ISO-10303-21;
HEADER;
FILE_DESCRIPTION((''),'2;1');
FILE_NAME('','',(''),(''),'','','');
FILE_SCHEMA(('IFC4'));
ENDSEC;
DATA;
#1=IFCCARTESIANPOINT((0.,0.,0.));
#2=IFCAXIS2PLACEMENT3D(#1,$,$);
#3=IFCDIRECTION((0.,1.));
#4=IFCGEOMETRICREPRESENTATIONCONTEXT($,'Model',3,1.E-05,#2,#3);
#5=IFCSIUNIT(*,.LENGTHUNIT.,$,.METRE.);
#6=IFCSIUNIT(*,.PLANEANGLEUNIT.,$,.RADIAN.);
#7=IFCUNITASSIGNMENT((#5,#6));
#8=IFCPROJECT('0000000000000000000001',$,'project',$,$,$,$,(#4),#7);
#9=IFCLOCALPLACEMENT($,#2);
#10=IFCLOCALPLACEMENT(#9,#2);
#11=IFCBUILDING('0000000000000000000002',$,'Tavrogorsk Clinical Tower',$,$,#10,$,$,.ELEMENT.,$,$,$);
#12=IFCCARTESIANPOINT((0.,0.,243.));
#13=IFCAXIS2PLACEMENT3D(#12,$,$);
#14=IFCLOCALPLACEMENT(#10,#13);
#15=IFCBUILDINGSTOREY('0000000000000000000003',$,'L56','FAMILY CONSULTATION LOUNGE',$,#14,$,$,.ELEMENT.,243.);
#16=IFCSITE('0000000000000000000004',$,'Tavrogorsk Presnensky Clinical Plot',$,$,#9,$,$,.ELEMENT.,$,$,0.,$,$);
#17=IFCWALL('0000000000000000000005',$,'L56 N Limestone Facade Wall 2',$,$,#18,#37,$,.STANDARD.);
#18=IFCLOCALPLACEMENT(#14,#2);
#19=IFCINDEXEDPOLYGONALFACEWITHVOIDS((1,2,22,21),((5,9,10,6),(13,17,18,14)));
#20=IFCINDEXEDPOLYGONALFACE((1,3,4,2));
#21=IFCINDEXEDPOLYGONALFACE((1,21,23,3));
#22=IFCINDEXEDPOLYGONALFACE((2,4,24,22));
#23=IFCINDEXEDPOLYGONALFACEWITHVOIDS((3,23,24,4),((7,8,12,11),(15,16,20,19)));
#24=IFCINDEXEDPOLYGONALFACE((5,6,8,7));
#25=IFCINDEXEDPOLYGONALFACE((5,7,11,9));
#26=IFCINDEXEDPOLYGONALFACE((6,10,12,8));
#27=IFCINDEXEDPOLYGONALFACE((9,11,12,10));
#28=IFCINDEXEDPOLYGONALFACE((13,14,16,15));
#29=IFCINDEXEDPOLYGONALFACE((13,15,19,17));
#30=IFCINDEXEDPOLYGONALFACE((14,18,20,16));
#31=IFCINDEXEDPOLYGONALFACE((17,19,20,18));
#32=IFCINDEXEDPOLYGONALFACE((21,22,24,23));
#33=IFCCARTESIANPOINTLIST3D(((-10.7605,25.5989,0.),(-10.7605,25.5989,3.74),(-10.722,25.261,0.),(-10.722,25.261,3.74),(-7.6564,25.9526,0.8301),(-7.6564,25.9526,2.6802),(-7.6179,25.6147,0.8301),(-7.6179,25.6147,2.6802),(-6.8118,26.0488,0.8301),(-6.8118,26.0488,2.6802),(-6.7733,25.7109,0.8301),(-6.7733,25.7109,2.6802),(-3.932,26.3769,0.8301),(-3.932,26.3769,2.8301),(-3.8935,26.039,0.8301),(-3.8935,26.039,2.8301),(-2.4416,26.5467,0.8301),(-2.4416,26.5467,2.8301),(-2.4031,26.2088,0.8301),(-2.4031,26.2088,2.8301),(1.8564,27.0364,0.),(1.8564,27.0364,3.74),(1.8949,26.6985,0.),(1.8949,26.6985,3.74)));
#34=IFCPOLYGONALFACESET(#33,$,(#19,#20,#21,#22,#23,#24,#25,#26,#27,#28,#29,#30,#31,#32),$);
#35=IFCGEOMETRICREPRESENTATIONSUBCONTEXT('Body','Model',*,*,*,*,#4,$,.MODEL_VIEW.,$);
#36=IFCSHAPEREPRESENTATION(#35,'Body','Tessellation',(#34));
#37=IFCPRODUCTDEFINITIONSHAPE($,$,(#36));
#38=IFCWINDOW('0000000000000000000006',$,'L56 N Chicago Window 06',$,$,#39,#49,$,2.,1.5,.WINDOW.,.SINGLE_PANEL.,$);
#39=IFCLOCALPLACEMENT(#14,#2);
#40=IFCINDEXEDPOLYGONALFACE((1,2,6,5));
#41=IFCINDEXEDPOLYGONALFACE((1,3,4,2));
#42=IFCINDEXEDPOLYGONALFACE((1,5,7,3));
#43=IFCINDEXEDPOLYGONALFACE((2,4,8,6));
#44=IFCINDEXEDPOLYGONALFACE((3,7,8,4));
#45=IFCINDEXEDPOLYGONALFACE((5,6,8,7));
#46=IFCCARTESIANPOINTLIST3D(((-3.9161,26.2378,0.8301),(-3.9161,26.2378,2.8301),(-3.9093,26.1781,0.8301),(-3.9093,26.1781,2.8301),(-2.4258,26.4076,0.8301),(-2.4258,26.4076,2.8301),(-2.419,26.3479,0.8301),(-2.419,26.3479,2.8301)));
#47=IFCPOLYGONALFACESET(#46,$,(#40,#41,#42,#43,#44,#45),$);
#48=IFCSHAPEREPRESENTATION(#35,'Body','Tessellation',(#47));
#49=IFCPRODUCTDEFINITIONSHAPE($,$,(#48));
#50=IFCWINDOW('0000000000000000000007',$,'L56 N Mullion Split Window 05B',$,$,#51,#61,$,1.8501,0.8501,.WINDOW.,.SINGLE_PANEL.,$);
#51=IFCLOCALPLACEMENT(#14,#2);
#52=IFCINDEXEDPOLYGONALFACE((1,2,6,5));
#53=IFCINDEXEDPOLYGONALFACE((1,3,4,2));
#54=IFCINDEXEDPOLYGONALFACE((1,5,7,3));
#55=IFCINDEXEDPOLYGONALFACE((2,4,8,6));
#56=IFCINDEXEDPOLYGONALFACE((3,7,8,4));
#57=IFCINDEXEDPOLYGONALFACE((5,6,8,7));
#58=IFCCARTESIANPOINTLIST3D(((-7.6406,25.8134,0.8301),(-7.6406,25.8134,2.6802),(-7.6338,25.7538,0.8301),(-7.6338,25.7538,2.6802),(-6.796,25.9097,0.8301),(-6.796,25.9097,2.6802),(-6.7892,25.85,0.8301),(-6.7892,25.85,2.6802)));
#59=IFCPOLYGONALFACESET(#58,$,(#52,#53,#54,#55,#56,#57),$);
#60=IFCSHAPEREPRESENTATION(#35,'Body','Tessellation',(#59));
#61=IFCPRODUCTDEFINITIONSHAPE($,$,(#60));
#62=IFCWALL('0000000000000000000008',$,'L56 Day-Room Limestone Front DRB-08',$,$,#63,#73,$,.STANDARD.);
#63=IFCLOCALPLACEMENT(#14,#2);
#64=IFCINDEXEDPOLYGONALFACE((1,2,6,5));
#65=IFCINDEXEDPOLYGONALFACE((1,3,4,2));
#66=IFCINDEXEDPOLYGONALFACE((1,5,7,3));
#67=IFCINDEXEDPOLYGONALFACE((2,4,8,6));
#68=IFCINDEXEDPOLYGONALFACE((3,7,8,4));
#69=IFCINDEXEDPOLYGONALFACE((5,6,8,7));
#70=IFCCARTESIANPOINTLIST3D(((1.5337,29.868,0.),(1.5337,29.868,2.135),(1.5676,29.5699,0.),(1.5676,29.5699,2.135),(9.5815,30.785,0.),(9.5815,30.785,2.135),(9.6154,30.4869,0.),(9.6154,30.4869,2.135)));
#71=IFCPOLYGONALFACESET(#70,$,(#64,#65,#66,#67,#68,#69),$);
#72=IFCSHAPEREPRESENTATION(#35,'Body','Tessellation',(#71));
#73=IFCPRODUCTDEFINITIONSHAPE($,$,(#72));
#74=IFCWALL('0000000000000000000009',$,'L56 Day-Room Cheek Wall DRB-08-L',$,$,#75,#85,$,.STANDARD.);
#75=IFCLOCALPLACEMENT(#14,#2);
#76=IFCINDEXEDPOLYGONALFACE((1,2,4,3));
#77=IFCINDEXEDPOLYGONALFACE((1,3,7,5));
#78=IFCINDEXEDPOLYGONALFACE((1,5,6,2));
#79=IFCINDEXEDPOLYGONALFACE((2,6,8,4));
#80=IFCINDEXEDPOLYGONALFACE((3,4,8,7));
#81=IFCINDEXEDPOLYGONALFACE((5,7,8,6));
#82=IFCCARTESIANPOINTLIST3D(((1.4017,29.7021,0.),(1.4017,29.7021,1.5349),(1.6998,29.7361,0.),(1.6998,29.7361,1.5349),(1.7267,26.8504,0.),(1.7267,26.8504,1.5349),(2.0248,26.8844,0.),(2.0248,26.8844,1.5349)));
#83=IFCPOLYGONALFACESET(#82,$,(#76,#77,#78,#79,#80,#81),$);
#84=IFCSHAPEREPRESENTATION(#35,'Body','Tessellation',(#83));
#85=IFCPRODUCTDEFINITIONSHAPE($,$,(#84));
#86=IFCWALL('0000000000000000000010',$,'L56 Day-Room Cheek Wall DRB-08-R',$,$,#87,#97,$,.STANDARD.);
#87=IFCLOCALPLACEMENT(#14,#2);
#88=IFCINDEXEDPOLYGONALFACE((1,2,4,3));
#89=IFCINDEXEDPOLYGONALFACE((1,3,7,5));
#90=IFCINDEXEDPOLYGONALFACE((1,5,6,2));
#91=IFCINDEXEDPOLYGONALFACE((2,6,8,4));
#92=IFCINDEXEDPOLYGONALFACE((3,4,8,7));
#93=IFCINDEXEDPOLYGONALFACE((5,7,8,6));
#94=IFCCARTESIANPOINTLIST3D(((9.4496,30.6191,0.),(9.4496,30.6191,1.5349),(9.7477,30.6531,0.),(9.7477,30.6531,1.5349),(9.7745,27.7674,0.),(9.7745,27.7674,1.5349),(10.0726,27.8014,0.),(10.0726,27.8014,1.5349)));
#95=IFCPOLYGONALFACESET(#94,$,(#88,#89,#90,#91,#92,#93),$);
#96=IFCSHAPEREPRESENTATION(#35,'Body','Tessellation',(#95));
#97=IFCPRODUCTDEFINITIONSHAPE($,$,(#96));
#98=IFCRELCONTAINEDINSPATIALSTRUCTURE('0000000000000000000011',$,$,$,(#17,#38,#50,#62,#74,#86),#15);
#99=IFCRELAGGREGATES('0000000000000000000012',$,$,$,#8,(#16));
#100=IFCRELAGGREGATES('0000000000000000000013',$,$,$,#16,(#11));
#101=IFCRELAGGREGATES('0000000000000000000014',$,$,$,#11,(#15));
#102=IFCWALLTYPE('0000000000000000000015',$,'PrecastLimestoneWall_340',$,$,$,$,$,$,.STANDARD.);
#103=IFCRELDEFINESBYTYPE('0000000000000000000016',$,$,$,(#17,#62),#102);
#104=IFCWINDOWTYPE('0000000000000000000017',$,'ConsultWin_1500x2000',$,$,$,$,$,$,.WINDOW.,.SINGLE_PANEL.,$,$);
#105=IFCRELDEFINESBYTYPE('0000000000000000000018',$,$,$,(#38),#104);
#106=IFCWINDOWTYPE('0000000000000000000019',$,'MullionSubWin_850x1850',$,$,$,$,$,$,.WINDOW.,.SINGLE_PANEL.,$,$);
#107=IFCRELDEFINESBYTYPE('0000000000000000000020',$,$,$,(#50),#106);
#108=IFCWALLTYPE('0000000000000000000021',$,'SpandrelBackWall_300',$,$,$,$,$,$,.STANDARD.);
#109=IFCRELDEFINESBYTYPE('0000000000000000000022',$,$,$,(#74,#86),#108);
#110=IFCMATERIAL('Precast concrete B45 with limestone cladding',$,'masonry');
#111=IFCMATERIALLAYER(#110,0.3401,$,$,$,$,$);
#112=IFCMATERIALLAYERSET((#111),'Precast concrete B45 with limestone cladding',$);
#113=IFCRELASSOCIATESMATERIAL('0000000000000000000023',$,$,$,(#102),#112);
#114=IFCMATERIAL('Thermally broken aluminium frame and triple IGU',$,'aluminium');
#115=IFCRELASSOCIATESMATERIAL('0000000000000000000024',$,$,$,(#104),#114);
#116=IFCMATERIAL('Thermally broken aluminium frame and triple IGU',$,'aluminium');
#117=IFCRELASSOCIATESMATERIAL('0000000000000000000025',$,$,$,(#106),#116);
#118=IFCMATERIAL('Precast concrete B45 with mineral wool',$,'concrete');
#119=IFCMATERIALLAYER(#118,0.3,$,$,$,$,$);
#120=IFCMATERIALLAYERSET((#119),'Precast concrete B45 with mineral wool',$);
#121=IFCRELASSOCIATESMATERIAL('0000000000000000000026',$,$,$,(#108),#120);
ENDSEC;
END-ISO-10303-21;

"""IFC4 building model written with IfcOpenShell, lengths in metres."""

from ifc_helpers import new_model, si_unit, direction, frame, frame_2d, origin, place, context, subcontext, project, spatial, rectangle, extrude, material, layer, layer_set, type_object, element, fill, save


model = new_model("IFC4")

# Units and contexts
model_context = context("Model", 3, precision=1e-05, world=origin(), true_north=direction((0.0, 1.0)))
body_context = subcontext(model_context, "Body", "Model", "MODEL_VIEW")
ifc_project = project(units=[si_unit("LENGTHUNIT", "METRE"), si_unit("PLANEANGLEUNIT", "RADIAN")], contexts=[model_context])

# Site, building, storey
site_placement = place(None, origin())
site = spatial("IfcSite", under=ifc_project, at=site_placement, Name="Tavrogorsk Presnensky Clinical Plot", CompositionType="ELEMENT", RefElevation=0.0)
building_placement = place(site_placement, origin())
building = spatial("IfcBuilding", under=site, at=building_placement, Name="Tavrogorsk Clinical Tower", CompositionType="ELEMENT")
storey_placement = place(building_placement, frame((0.0, 0.0, 243.0)))
storey = spatial("IfcBuildingStorey", under=building, at=storey_placement, Name="L56", Description="FAMILY CONSULTATION LOUNGE", CompositionType="ELEMENT", Elevation=243.0)

# Wall, openings, windows
ifc_material_1 = material(Name="Precast concrete B45 with limestone cladding", Category="masonry")
ifc_layer_1 = layer(ifc_material_1, 0.3401)
ifc_layer_set_1 = layer_set([ifc_layer_1], Name="Precast concrete B45 with limestone cladding")
wall_type_1 = type_object("IfcWallType", Name="PrecastLimestoneWall_340", PredefinedType="STANDARD", material=ifc_layer_set_1)
wall_1_placement = place(storey_placement, frame((1.8755, 26.8674, 0.0), z_axis=(0.0, 0.0, 1.0), x_axis=(-0.993572, -0.113202, 0.0)))
wall_1 = element("IfcWall", 1, at=wall_1_placement, inside=storey, type_object=wall_type_1, Name="L56 N Limestone Facade Wall 2", PredefinedType="STANDARD", context=body_context, shape_type="SweptSolid", body=[
    extrude(rectangle(XDim=12.6985, YDim=0.3401, at=frame_2d((6.3491, 0.0))), origin(), (0.0, 0.0, 1.0), 3.74),
])
opening_1_placement = place(wall_1_placement, frame((8.7241, 0.0, 0.8301)))
opening_1 = element("IfcOpeningElement", 2, at=opening_1_placement, cuts=wall_1, PredefinedType="OPENING", context=body_context, shape_type="SweptSolid", body=[
    extrude(rectangle(XDim=0.8501, YDim=1.8501, at=frame_2d((0.425, 0.925))), frame((0.0, 0.1799, 0.0), z_axis=(0.0, -1.0, 0.0), x_axis=(1.0, 0.0, 0.0)), (0.0, 0.0, 1.0), 0.3601),
])
opening_2_placement = place(wall_1_placement, frame((4.3257, 0.0, 0.8301)))
opening_2 = element("IfcOpeningElement", 3, at=opening_2_placement, cuts=wall_1, PredefinedType="OPENING", context=body_context, shape_type="SweptSolid", body=[
    extrude(rectangle(XDim=1.5, YDim=2.0, at=frame_2d((0.75, 1.0))), frame((0.0, 0.1799, 0.0), z_axis=(0.0, -1.0, 0.0), x_axis=(1.0, 0.0, 0.0)), (0.0, 0.0, 1.0), 0.3601),
])
ifc_material_2 = material(Name="Thermally broken aluminium frame and triple IGU", Category="aluminium")
window_type_1 = type_object("IfcWindowType", Name="ConsultWin_1500x2000", PartitioningType="SINGLE_PANEL", PredefinedType="WINDOW", material=ifc_material_2)
window_1_placement = place(opening_2_placement, origin())
window_1 = element("IfcWindow", 4, at=window_1_placement, inside=storey, type_object=window_type_1, Name="L56 N Chicago Window 06", OverallHeight=2.0, OverallWidth=1.5, PartitioningType="SINGLE_PANEL", PredefinedType="WINDOW", context=body_context, shape_type="SweptSolid", body=[
    extrude(rectangle(XDim=1.5, YDim=2.0, at=frame_2d((0.75, 1.0))), frame((0.0, 0.03, 0.0), z_axis=(0.0, -1.0, 0.0), x_axis=(1.0, 0.0, 0.0)), (0.0, 0.0, 1.0), 0.0601),
])
fill(opening_2, window_1)
ifc_material_3 = material(Name="Thermally broken aluminium frame and triple IGU", Category="aluminium")
window_type_2 = type_object("IfcWindowType", Name="MullionSubWin_850x1850", PartitioningType="SINGLE_PANEL", PredefinedType="WINDOW", material=ifc_material_3)
window_2_placement = place(opening_1_placement, origin())
window_2 = element("IfcWindow", 5, at=window_2_placement, inside=storey, type_object=window_type_2, Name="L56 N Mullion Split Window 05B", OverallHeight=1.8501, OverallWidth=0.8501, PartitioningType="SINGLE_PANEL", PredefinedType="WINDOW", context=body_context, shape_type="SweptSolid", body=[
    extrude(rectangle(XDim=0.8501, YDim=1.8501, at=frame_2d((0.425, 0.925))), frame((0.0, 0.03, 0.0), z_axis=(0.0, -1.0, 0.0), x_axis=(1.0, 0.0, 0.0)), (0.0, 0.0, 1.0), 0.0601),
])
fill(opening_1, window_2)

# Walls
wall_2_placement = place(storey_placement, frame((1.5508, 29.719, 0.0), z_axis=(0.0, 0.0, 1.0), x_axis=(0.993571, 0.11321, 0.0)))
element("IfcWall", 6, at=wall_2_placement, inside=storey, type_object=wall_type_1, Name="L56 Day-Room Limestone Front DRB-08", PredefinedType="STANDARD", context=body_context, shape_type="SweptSolid", body=[
    extrude(rectangle(XDim=8.0999, YDim=0.3, at=frame_2d((4.0498, 0.0))), origin(), (0.0, 0.0, 1.0), 2.135),
])
ifc_material_4 = material(Name="Precast concrete B45 with mineral wool", Category="concrete")
ifc_layer_2 = layer(ifc_material_4, 0.3)
ifc_layer_set_2 = layer_set([ifc_layer_2], Name="Precast concrete B45 with mineral wool")
wall_type_2 = type_object("IfcWallType", Name="SpandrelBackWall_300", PredefinedType="STANDARD", material=ifc_layer_set_2)
for number, where, z_axis, x_axis, name in (
    (7, (1.8757, 26.8674, 0.0), (0.0, 0.0, 1.0), (-0.113223, 0.99357, 0.0), "L56 Day-Room Cheek Wall DRB-08-L"),
    (8, (9.9236, 27.7844, 0.0), (0.0, 0.0, 1.0), (-0.113223, 0.99357, 0.0), "L56 Day-Room Cheek Wall DRB-08-R"),
):
    element("IfcWall", number, at=place(storey_placement, frame(where, z_axis=z_axis, x_axis=x_axis)), inside=storey, type_object=wall_type_2, Name=name, PredefinedType="STANDARD", context=body_context, shape_type="SweptSolid", body=[
        extrude(rectangle(XDim=2.8701, YDim=0.3, at=frame_2d((1.4351, 0.0))), origin(), (0.0, 0.0, 1.0), 1.5349),
    ])

save(model, "model.ifc")
